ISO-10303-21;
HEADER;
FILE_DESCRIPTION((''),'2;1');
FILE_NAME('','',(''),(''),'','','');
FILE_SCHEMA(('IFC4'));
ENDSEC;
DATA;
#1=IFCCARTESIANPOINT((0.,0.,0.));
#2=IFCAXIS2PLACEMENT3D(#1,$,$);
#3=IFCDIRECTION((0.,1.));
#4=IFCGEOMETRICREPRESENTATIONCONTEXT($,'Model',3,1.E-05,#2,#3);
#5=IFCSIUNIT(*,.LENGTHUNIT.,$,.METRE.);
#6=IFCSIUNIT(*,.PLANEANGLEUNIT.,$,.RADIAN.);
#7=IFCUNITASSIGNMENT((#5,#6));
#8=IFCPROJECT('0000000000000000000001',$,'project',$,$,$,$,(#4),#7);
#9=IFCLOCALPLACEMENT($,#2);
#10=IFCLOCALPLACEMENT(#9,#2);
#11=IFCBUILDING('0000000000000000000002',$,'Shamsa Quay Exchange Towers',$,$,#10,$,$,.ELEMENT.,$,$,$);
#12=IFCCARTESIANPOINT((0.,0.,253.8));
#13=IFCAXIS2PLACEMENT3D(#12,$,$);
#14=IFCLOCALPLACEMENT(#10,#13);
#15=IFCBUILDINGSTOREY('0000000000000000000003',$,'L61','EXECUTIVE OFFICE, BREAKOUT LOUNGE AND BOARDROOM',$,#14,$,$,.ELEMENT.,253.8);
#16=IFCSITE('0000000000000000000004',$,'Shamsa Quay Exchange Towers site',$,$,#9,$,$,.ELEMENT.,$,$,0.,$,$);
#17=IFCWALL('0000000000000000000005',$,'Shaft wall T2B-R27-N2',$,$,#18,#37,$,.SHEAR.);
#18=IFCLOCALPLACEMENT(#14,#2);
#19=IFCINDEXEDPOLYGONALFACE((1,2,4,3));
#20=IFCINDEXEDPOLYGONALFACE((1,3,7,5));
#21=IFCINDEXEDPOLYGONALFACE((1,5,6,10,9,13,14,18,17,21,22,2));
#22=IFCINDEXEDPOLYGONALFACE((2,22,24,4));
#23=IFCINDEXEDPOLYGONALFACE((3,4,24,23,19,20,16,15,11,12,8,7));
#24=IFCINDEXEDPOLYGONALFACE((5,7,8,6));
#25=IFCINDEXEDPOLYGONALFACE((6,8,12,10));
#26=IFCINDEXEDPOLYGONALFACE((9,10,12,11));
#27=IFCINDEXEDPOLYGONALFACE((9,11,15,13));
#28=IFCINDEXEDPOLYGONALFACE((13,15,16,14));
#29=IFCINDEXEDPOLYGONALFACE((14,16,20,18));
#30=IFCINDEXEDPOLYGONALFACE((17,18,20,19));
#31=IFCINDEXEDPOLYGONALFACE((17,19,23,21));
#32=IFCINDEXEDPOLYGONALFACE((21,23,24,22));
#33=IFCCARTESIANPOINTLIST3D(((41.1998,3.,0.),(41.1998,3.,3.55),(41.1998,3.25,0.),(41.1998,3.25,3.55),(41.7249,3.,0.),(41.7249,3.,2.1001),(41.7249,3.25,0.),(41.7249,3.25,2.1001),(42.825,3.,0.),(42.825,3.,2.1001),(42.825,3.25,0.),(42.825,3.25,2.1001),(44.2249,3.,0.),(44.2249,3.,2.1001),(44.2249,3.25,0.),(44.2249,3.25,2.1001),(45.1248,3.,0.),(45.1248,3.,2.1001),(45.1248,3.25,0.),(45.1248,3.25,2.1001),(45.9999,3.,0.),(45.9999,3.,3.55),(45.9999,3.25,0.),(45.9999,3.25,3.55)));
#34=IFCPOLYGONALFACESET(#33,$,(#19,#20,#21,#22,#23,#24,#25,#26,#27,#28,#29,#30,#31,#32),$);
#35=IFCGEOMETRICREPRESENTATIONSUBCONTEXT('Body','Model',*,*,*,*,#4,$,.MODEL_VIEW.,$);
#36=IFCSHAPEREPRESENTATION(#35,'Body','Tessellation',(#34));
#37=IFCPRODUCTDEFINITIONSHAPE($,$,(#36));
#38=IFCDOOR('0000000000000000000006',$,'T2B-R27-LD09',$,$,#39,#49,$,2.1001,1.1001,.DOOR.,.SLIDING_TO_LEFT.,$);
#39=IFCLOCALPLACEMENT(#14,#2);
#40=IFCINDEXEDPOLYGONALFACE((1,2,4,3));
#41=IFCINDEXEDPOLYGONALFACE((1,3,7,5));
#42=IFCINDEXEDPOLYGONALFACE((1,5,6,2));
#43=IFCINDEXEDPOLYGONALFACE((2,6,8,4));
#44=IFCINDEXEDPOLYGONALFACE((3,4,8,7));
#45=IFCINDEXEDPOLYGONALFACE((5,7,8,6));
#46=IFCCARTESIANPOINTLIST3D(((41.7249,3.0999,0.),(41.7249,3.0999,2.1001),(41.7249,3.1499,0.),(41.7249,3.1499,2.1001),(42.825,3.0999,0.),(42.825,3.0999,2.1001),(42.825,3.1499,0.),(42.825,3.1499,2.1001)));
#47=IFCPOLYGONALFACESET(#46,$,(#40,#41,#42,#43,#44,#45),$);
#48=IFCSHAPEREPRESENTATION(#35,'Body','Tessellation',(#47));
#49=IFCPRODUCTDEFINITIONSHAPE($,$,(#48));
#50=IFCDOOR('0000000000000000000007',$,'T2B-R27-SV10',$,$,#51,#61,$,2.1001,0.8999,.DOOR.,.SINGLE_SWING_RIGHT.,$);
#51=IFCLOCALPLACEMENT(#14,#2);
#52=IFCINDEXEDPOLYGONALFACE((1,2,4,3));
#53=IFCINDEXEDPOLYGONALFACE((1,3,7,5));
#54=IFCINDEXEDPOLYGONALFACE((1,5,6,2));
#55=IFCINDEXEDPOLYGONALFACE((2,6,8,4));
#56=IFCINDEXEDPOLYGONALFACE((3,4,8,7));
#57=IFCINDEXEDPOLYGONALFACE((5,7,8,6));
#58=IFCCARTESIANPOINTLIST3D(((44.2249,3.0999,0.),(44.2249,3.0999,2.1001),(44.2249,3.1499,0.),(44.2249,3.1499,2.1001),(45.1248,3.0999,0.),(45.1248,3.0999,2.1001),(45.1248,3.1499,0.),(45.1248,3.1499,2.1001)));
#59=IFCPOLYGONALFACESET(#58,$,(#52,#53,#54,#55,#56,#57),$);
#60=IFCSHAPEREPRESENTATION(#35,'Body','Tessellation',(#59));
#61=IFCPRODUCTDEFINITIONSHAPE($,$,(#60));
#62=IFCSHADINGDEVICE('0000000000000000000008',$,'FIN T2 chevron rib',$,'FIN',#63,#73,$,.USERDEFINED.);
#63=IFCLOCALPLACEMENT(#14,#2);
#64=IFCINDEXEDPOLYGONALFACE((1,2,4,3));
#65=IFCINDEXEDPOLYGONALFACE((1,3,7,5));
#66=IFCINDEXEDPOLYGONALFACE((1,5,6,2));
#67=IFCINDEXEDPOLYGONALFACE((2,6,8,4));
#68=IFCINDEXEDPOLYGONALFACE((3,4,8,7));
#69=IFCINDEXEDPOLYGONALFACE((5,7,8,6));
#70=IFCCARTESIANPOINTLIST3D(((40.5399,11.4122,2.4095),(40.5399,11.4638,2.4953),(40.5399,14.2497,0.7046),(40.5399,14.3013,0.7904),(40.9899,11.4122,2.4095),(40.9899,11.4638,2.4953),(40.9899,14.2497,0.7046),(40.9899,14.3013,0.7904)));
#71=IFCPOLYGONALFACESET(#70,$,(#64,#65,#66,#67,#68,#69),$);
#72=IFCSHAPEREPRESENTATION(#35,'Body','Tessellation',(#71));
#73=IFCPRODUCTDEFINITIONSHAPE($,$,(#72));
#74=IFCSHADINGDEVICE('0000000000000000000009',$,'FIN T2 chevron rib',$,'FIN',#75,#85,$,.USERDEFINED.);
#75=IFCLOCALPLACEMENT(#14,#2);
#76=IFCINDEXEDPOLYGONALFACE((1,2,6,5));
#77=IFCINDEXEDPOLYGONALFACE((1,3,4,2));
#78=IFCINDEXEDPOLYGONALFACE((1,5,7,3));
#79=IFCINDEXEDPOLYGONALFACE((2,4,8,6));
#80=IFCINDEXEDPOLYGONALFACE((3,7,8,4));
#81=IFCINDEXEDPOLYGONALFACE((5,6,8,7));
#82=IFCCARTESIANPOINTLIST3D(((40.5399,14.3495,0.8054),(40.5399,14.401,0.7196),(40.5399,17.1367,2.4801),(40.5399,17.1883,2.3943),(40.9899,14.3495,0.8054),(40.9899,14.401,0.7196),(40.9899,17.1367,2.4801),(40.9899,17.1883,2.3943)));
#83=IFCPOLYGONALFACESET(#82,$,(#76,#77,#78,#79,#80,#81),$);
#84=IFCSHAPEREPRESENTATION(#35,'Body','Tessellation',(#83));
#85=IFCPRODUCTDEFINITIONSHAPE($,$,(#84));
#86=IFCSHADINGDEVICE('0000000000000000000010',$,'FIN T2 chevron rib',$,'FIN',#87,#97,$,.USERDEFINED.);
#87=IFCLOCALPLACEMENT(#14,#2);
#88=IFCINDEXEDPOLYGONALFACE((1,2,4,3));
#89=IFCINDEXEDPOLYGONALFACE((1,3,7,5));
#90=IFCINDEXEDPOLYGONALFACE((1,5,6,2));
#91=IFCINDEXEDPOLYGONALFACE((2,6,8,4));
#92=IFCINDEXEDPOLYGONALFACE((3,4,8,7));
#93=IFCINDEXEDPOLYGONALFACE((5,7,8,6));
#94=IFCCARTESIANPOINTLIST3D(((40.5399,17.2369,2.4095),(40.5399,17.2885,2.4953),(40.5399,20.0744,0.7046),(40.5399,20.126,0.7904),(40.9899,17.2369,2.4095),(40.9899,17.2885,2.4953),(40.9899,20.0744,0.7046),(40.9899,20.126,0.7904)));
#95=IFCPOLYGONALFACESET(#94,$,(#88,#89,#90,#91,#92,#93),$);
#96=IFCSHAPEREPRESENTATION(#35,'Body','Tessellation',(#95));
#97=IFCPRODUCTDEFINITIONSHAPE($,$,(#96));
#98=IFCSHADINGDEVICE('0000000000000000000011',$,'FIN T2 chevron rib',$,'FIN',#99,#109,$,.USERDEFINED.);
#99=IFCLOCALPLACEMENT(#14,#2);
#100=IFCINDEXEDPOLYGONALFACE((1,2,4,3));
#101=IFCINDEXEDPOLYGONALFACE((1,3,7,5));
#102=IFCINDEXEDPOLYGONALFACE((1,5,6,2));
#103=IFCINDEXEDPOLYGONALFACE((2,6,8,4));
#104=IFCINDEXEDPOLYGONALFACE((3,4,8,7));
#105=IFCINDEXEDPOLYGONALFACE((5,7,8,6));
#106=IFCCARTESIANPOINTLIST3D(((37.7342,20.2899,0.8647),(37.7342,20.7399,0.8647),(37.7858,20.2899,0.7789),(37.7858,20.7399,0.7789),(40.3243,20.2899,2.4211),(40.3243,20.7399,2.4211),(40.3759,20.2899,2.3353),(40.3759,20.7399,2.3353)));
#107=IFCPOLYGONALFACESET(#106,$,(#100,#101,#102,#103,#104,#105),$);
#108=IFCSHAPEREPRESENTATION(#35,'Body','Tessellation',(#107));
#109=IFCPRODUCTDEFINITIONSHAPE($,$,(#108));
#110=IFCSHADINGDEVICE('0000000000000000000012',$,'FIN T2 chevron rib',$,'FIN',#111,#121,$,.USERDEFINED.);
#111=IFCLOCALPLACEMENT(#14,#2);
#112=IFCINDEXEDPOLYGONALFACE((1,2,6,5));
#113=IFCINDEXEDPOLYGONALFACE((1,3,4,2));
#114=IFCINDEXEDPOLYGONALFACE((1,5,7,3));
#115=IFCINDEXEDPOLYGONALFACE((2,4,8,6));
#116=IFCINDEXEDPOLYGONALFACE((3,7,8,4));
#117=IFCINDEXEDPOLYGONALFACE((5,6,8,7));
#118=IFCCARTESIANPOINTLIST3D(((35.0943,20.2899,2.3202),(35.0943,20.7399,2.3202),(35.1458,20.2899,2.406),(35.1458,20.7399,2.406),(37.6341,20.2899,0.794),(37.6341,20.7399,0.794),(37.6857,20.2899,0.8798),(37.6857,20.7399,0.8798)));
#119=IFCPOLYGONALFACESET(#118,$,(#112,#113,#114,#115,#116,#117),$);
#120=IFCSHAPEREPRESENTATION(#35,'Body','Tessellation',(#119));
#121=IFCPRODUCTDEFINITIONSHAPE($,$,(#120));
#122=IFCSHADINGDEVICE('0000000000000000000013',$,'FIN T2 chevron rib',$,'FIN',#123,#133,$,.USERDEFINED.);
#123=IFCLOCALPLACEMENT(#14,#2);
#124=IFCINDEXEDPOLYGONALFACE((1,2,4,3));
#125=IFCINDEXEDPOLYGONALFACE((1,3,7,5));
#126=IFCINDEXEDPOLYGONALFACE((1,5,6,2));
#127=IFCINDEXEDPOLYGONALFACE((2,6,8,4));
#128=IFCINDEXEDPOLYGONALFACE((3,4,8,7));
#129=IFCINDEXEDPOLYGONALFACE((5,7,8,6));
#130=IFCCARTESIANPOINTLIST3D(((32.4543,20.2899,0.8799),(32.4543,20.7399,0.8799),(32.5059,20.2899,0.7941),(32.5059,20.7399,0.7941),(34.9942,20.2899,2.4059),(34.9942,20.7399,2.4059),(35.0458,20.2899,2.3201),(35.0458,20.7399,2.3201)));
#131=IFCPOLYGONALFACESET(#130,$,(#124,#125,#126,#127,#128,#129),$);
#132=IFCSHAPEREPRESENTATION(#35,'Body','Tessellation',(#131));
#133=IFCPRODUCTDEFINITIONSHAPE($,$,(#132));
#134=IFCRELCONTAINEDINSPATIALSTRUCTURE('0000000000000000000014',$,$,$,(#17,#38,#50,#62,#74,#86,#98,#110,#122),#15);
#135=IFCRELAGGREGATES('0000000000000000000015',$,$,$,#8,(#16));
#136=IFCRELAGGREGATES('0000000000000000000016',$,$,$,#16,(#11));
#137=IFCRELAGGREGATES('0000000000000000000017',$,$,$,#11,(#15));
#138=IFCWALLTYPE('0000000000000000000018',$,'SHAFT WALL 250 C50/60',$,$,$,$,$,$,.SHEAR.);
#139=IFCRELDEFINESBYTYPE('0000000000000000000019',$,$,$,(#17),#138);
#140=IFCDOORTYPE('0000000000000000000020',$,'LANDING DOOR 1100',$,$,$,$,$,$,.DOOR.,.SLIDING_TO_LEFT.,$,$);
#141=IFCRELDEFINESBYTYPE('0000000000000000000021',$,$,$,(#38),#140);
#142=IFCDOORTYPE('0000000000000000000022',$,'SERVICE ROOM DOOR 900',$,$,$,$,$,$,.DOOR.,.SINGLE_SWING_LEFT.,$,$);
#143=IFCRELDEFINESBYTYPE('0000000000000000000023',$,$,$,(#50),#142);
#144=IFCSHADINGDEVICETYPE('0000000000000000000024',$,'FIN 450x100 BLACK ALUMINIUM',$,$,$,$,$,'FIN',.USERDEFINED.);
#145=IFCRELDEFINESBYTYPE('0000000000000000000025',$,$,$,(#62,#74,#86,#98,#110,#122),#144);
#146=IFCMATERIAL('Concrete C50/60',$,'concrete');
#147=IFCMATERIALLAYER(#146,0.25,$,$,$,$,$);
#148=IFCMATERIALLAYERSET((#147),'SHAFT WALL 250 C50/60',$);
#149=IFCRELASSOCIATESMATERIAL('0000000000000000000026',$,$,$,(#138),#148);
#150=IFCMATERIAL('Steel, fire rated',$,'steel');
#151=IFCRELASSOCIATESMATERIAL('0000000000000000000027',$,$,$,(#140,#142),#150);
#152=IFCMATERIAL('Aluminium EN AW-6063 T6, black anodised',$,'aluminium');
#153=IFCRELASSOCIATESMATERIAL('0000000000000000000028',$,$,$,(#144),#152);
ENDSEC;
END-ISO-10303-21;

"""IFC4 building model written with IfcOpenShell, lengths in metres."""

from ifc_helpers import new_model, si_unit, direction, frame, frame_2d, origin, origin_2d, place, context, subcontext, project, spatial, rectangle, extrude, material, layer, layer_set, material_profile, profile_set, type_object, element, fill, save


model = new_model("IFC4")

# Units and contexts
model_context = context("Model", 3, precision=1e-05, world=origin(), true_north=direction((0.0, 1.0)))
body_context = subcontext(model_context, "Body", "Model", "MODEL_VIEW")
ifc_project = project(units=[si_unit("LENGTHUNIT", "METRE"), si_unit("PLANEANGLEUNIT", "RADIAN")], contexts=[model_context])

# Site, building, storey
site_placement = place(None, origin())
site = spatial("IfcSite", under=ifc_project, at=site_placement, Name="Shamsa Quay Exchange Towers site", CompositionType="ELEMENT", RefElevation=0.0)
building_placement = place(site_placement, origin())
building = spatial("IfcBuilding", under=site, at=building_placement, Name="Shamsa Quay Exchange Towers", CompositionType="ELEMENT")
storey_placement = place(building_placement, frame((0.0, 0.0, 253.8)))
storey = spatial("IfcBuildingStorey", under=building, at=storey_placement, Name="L61", Description="EXECUTIVE OFFICE, BREAKOUT LOUNGE AND BOARDROOM", CompositionType="ELEMENT", Elevation=253.8)

# Shared definitions
ifc_material_1 = material(Name="Aluminium EN AW-6063 T6, black anodised", Category="aluminium")

# Wall, openings, doors
ifc_material_2 = material(Name="Concrete C50/60", Category="concrete")
ifc_layer_1 = layer(ifc_material_2, 0.25)
ifc_layer_set_1 = layer_set([ifc_layer_1], Name="SHAFT WALL 250 C50/60")
wall_type_1 = type_object("IfcWallType", Name="SHAFT WALL 250 C50/60", PredefinedType="SHEAR", material=ifc_layer_set_1)
wall_1_placement = place(storey_placement, frame((41.2, 3.125, 0.0)))
wall_1 = element("IfcWall", 1, at=wall_1_placement, inside=storey, type_object=wall_type_1, Name="Shaft wall T2B-R27-N2", PredefinedType="SHEAR", context=body_context, shape_type="SweptSolid", body=[
    extrude(rectangle(XDim=4.8, YDim=0.25, at=frame_2d((2.3999, 0.0))), origin(), (0.0, 0.0, 1.0), 3.55),
])
opening_1_placement = place(wall_1_placement, frame((0.5249, 0.0, 0.0)))
opening_1 = element("IfcOpeningElement", 2, at=opening_1_placement, cuts=wall_1, PredefinedType="OPENING", context=body_context, shape_type="SweptSolid", body=[
    extrude(rectangle(XDim=1.1001, YDim=2.1001, at=frame_2d((0.55, 1.05))), frame((0.0, 0.135, 0.0), z_axis=(0.0, -1.0, 0.0), x_axis=(1.0, 0.0, 0.0)), (0.0, 0.0, 1.0), 0.27),
])
opening_2_placement = place(wall_1_placement, frame((3.0249, 0.0, 0.0)))
opening_2 = element("IfcOpeningElement", 3, at=opening_2_placement, cuts=wall_1, PredefinedType="OPENING", context=body_context, shape_type="SweptSolid", body=[
    extrude(rectangle(XDim=0.8999, YDim=2.1001, at=frame_2d((0.45, 1.05))), frame((0.0, 0.135, 0.0), z_axis=(0.0, -1.0, 0.0), x_axis=(1.0, 0.0, 0.0)), (0.0, 0.0, 1.0), 0.27),
])
ifc_material_3 = material(Name="Steel, fire rated", Category="steel")
door_type_1 = type_object("IfcDoorType", Name="LANDING DOOR 1100", OperationType="SLIDING_TO_LEFT", PredefinedType="DOOR", material=ifc_material_3)
door_1_placement = place(opening_1_placement, origin())
door_1 = element("IfcDoor", 4, at=door_1_placement, inside=storey, type_object=door_type_1, Name="T2B-R27-LD09", OperationType="SLIDING_TO_LEFT", OverallHeight=2.1001, OverallWidth=1.1001, PredefinedType="DOOR", context=body_context, shape_type="SweptSolid", body=[
    extrude(rectangle(XDim=1.1001, YDim=2.1001, at=frame_2d((0.55, 1.05))), frame((0.0, 0.0249, 0.0), z_axis=(0.0, -1.0, 0.0), x_axis=(1.0, 0.0, 0.0)), (0.0, 0.0, 1.0), 0.05),
])
fill(opening_1, door_1)
door_type_2 = type_object("IfcDoorType", Name="SERVICE ROOM DOOR 900", OperationType="SINGLE_SWING_LEFT", PredefinedType="DOOR", material=ifc_material_3)
door_2_placement = place(opening_2_placement, origin())
door_2 = element("IfcDoor", 5, at=door_2_placement, inside=storey, type_object=door_type_2, Name="T2B-R27-SV10", OperationType="SINGLE_SWING_RIGHT", OverallHeight=2.1001, OverallWidth=0.8999, PredefinedType="DOOR", context=body_context, shape_type="SweptSolid", body=[
    extrude(rectangle(XDim=0.8999, YDim=2.1001, at=frame_2d((0.45, 1.05))), frame((0.0, 0.0249, 0.0), z_axis=(0.0, -1.0, 0.0), x_axis=(1.0, 0.0, 0.0)), (0.0, 0.0, 1.0), 0.05),
])
fill(opening_2, door_2)

# Shading devices
ifc_material_profile_1 = material_profile(ifc_material_1, rectangle(XDim=0.45, YDim=0.1001, at=origin_2d()), Name="FIN450x100")
ifc_profile_set_1 = profile_set([ifc_material_profile_1], Name="Aluminium EN AW-6063 T6, black anodised")
shading_device_type = type_object("IfcShadingDeviceType", Name="FIN 450x100 BLACK ALUMINIUM", ElementType="FIN", PredefinedType="USERDEFINED", material=ifc_profile_set_1)
shading_device_1_placement = place(storey_placement, frame((40.7649, 11.438, 2.4524), z_axis=(0.0, 0.857174, -0.515027), x_axis=(-1.0, 0.0, 0.0)))
element("IfcShadingDevice", 6, at=shading_device_1_placement, inside=storey, type_object=shading_device_type, Name="FIN T2 chevron rib", ObjectType="FIN", PredefinedType="USERDEFINED", context=body_context, shape_type="SweptSolid", body=[
    extrude(rectangle(XDim=0.45, YDim=0.1001, at=origin_2d()), origin(), (0.0, 0.0, 1.0), 3.3103),
])
shading_device_2_placement = place(storey_placement, frame((40.7649, 14.3752, 0.7625), z_axis=(0.0, 0.857168, 0.515037), x_axis=(-1.0, 0.0, 0.0)))
element("IfcShadingDevice", 7, at=shading_device_2_placement, inside=storey, type_object=shading_device_type, Name="FIN T2 chevron rib", ObjectType="FIN", PredefinedType="USERDEFINED", context=body_context, shape_type="SweptSolid", body=[
    extrude(rectangle(XDim=0.45, YDim=0.1001, at=origin_2d()), origin(), (0.0, 0.0, 1.0), 3.2517),
])
shading_device_3_placement = place(storey_placement, frame((40.7649, 17.2627, 2.4524), z_axis=(0.0, 0.857174, -0.515027), x_axis=(-1.0, 0.0, 0.0)))
element("IfcShadingDevice", 8, at=shading_device_3_placement, inside=storey, type_object=shading_device_type, Name="FIN T2 chevron rib", ObjectType="FIN", PredefinedType="USERDEFINED", context=body_context, shape_type="SweptSolid", body=[
    extrude(rectangle(XDim=0.45, YDim=0.1001, at=origin_2d()), origin(), (0.0, 0.0, 1.0), 3.3103),
])
shading_device_4_placement = place(storey_placement, frame((40.3501, 20.5149, 2.3782), z_axis=(-0.857151, 0.0, -0.515066), x_axis=(0.0, -1.0, 0.0)))
element("IfcShadingDevice", 9, at=shading_device_4_placement, inside=storey, type_object=shading_device_type, Name="FIN T2 chevron rib", ObjectType="FIN", PredefinedType="USERDEFINED", context=body_context, shape_type="SweptSolid", body=[
    extrude(rectangle(XDim=0.45, YDim=0.1001, at=origin_2d()), origin(), (0.0, 0.0, 1.0), 3.0217),
])
for number, where, z_axis, x_axis, name in (
    (10, (37.6599, 20.5149, 0.8369), (-0.857158, 0.0, 0.515053), (0.0, -1.0, 0.0), "FIN T2 chevron rib"),
    (11, (35.02, 20.5149, 2.363), (-0.85718, 0.0, -0.515017), (0.0, -1.0, 0.0), "FIN T2 chevron rib"),
):
    element("IfcShadingDevice", number, at=place(storey_placement, frame(where, z_axis=z_axis, x_axis=x_axis)), inside=storey, type_object=shading_device_type, Name=name, ObjectType="FIN", PredefinedType="USERDEFINED", context=body_context, shape_type="SweptSolid", body=[
        extrude(rectangle(XDim=0.45, YDim=0.1001, at=origin_2d()), origin(), (0.0, 0.0, 1.0), 2.9631),
    ])

save(model, "model.ifc")
